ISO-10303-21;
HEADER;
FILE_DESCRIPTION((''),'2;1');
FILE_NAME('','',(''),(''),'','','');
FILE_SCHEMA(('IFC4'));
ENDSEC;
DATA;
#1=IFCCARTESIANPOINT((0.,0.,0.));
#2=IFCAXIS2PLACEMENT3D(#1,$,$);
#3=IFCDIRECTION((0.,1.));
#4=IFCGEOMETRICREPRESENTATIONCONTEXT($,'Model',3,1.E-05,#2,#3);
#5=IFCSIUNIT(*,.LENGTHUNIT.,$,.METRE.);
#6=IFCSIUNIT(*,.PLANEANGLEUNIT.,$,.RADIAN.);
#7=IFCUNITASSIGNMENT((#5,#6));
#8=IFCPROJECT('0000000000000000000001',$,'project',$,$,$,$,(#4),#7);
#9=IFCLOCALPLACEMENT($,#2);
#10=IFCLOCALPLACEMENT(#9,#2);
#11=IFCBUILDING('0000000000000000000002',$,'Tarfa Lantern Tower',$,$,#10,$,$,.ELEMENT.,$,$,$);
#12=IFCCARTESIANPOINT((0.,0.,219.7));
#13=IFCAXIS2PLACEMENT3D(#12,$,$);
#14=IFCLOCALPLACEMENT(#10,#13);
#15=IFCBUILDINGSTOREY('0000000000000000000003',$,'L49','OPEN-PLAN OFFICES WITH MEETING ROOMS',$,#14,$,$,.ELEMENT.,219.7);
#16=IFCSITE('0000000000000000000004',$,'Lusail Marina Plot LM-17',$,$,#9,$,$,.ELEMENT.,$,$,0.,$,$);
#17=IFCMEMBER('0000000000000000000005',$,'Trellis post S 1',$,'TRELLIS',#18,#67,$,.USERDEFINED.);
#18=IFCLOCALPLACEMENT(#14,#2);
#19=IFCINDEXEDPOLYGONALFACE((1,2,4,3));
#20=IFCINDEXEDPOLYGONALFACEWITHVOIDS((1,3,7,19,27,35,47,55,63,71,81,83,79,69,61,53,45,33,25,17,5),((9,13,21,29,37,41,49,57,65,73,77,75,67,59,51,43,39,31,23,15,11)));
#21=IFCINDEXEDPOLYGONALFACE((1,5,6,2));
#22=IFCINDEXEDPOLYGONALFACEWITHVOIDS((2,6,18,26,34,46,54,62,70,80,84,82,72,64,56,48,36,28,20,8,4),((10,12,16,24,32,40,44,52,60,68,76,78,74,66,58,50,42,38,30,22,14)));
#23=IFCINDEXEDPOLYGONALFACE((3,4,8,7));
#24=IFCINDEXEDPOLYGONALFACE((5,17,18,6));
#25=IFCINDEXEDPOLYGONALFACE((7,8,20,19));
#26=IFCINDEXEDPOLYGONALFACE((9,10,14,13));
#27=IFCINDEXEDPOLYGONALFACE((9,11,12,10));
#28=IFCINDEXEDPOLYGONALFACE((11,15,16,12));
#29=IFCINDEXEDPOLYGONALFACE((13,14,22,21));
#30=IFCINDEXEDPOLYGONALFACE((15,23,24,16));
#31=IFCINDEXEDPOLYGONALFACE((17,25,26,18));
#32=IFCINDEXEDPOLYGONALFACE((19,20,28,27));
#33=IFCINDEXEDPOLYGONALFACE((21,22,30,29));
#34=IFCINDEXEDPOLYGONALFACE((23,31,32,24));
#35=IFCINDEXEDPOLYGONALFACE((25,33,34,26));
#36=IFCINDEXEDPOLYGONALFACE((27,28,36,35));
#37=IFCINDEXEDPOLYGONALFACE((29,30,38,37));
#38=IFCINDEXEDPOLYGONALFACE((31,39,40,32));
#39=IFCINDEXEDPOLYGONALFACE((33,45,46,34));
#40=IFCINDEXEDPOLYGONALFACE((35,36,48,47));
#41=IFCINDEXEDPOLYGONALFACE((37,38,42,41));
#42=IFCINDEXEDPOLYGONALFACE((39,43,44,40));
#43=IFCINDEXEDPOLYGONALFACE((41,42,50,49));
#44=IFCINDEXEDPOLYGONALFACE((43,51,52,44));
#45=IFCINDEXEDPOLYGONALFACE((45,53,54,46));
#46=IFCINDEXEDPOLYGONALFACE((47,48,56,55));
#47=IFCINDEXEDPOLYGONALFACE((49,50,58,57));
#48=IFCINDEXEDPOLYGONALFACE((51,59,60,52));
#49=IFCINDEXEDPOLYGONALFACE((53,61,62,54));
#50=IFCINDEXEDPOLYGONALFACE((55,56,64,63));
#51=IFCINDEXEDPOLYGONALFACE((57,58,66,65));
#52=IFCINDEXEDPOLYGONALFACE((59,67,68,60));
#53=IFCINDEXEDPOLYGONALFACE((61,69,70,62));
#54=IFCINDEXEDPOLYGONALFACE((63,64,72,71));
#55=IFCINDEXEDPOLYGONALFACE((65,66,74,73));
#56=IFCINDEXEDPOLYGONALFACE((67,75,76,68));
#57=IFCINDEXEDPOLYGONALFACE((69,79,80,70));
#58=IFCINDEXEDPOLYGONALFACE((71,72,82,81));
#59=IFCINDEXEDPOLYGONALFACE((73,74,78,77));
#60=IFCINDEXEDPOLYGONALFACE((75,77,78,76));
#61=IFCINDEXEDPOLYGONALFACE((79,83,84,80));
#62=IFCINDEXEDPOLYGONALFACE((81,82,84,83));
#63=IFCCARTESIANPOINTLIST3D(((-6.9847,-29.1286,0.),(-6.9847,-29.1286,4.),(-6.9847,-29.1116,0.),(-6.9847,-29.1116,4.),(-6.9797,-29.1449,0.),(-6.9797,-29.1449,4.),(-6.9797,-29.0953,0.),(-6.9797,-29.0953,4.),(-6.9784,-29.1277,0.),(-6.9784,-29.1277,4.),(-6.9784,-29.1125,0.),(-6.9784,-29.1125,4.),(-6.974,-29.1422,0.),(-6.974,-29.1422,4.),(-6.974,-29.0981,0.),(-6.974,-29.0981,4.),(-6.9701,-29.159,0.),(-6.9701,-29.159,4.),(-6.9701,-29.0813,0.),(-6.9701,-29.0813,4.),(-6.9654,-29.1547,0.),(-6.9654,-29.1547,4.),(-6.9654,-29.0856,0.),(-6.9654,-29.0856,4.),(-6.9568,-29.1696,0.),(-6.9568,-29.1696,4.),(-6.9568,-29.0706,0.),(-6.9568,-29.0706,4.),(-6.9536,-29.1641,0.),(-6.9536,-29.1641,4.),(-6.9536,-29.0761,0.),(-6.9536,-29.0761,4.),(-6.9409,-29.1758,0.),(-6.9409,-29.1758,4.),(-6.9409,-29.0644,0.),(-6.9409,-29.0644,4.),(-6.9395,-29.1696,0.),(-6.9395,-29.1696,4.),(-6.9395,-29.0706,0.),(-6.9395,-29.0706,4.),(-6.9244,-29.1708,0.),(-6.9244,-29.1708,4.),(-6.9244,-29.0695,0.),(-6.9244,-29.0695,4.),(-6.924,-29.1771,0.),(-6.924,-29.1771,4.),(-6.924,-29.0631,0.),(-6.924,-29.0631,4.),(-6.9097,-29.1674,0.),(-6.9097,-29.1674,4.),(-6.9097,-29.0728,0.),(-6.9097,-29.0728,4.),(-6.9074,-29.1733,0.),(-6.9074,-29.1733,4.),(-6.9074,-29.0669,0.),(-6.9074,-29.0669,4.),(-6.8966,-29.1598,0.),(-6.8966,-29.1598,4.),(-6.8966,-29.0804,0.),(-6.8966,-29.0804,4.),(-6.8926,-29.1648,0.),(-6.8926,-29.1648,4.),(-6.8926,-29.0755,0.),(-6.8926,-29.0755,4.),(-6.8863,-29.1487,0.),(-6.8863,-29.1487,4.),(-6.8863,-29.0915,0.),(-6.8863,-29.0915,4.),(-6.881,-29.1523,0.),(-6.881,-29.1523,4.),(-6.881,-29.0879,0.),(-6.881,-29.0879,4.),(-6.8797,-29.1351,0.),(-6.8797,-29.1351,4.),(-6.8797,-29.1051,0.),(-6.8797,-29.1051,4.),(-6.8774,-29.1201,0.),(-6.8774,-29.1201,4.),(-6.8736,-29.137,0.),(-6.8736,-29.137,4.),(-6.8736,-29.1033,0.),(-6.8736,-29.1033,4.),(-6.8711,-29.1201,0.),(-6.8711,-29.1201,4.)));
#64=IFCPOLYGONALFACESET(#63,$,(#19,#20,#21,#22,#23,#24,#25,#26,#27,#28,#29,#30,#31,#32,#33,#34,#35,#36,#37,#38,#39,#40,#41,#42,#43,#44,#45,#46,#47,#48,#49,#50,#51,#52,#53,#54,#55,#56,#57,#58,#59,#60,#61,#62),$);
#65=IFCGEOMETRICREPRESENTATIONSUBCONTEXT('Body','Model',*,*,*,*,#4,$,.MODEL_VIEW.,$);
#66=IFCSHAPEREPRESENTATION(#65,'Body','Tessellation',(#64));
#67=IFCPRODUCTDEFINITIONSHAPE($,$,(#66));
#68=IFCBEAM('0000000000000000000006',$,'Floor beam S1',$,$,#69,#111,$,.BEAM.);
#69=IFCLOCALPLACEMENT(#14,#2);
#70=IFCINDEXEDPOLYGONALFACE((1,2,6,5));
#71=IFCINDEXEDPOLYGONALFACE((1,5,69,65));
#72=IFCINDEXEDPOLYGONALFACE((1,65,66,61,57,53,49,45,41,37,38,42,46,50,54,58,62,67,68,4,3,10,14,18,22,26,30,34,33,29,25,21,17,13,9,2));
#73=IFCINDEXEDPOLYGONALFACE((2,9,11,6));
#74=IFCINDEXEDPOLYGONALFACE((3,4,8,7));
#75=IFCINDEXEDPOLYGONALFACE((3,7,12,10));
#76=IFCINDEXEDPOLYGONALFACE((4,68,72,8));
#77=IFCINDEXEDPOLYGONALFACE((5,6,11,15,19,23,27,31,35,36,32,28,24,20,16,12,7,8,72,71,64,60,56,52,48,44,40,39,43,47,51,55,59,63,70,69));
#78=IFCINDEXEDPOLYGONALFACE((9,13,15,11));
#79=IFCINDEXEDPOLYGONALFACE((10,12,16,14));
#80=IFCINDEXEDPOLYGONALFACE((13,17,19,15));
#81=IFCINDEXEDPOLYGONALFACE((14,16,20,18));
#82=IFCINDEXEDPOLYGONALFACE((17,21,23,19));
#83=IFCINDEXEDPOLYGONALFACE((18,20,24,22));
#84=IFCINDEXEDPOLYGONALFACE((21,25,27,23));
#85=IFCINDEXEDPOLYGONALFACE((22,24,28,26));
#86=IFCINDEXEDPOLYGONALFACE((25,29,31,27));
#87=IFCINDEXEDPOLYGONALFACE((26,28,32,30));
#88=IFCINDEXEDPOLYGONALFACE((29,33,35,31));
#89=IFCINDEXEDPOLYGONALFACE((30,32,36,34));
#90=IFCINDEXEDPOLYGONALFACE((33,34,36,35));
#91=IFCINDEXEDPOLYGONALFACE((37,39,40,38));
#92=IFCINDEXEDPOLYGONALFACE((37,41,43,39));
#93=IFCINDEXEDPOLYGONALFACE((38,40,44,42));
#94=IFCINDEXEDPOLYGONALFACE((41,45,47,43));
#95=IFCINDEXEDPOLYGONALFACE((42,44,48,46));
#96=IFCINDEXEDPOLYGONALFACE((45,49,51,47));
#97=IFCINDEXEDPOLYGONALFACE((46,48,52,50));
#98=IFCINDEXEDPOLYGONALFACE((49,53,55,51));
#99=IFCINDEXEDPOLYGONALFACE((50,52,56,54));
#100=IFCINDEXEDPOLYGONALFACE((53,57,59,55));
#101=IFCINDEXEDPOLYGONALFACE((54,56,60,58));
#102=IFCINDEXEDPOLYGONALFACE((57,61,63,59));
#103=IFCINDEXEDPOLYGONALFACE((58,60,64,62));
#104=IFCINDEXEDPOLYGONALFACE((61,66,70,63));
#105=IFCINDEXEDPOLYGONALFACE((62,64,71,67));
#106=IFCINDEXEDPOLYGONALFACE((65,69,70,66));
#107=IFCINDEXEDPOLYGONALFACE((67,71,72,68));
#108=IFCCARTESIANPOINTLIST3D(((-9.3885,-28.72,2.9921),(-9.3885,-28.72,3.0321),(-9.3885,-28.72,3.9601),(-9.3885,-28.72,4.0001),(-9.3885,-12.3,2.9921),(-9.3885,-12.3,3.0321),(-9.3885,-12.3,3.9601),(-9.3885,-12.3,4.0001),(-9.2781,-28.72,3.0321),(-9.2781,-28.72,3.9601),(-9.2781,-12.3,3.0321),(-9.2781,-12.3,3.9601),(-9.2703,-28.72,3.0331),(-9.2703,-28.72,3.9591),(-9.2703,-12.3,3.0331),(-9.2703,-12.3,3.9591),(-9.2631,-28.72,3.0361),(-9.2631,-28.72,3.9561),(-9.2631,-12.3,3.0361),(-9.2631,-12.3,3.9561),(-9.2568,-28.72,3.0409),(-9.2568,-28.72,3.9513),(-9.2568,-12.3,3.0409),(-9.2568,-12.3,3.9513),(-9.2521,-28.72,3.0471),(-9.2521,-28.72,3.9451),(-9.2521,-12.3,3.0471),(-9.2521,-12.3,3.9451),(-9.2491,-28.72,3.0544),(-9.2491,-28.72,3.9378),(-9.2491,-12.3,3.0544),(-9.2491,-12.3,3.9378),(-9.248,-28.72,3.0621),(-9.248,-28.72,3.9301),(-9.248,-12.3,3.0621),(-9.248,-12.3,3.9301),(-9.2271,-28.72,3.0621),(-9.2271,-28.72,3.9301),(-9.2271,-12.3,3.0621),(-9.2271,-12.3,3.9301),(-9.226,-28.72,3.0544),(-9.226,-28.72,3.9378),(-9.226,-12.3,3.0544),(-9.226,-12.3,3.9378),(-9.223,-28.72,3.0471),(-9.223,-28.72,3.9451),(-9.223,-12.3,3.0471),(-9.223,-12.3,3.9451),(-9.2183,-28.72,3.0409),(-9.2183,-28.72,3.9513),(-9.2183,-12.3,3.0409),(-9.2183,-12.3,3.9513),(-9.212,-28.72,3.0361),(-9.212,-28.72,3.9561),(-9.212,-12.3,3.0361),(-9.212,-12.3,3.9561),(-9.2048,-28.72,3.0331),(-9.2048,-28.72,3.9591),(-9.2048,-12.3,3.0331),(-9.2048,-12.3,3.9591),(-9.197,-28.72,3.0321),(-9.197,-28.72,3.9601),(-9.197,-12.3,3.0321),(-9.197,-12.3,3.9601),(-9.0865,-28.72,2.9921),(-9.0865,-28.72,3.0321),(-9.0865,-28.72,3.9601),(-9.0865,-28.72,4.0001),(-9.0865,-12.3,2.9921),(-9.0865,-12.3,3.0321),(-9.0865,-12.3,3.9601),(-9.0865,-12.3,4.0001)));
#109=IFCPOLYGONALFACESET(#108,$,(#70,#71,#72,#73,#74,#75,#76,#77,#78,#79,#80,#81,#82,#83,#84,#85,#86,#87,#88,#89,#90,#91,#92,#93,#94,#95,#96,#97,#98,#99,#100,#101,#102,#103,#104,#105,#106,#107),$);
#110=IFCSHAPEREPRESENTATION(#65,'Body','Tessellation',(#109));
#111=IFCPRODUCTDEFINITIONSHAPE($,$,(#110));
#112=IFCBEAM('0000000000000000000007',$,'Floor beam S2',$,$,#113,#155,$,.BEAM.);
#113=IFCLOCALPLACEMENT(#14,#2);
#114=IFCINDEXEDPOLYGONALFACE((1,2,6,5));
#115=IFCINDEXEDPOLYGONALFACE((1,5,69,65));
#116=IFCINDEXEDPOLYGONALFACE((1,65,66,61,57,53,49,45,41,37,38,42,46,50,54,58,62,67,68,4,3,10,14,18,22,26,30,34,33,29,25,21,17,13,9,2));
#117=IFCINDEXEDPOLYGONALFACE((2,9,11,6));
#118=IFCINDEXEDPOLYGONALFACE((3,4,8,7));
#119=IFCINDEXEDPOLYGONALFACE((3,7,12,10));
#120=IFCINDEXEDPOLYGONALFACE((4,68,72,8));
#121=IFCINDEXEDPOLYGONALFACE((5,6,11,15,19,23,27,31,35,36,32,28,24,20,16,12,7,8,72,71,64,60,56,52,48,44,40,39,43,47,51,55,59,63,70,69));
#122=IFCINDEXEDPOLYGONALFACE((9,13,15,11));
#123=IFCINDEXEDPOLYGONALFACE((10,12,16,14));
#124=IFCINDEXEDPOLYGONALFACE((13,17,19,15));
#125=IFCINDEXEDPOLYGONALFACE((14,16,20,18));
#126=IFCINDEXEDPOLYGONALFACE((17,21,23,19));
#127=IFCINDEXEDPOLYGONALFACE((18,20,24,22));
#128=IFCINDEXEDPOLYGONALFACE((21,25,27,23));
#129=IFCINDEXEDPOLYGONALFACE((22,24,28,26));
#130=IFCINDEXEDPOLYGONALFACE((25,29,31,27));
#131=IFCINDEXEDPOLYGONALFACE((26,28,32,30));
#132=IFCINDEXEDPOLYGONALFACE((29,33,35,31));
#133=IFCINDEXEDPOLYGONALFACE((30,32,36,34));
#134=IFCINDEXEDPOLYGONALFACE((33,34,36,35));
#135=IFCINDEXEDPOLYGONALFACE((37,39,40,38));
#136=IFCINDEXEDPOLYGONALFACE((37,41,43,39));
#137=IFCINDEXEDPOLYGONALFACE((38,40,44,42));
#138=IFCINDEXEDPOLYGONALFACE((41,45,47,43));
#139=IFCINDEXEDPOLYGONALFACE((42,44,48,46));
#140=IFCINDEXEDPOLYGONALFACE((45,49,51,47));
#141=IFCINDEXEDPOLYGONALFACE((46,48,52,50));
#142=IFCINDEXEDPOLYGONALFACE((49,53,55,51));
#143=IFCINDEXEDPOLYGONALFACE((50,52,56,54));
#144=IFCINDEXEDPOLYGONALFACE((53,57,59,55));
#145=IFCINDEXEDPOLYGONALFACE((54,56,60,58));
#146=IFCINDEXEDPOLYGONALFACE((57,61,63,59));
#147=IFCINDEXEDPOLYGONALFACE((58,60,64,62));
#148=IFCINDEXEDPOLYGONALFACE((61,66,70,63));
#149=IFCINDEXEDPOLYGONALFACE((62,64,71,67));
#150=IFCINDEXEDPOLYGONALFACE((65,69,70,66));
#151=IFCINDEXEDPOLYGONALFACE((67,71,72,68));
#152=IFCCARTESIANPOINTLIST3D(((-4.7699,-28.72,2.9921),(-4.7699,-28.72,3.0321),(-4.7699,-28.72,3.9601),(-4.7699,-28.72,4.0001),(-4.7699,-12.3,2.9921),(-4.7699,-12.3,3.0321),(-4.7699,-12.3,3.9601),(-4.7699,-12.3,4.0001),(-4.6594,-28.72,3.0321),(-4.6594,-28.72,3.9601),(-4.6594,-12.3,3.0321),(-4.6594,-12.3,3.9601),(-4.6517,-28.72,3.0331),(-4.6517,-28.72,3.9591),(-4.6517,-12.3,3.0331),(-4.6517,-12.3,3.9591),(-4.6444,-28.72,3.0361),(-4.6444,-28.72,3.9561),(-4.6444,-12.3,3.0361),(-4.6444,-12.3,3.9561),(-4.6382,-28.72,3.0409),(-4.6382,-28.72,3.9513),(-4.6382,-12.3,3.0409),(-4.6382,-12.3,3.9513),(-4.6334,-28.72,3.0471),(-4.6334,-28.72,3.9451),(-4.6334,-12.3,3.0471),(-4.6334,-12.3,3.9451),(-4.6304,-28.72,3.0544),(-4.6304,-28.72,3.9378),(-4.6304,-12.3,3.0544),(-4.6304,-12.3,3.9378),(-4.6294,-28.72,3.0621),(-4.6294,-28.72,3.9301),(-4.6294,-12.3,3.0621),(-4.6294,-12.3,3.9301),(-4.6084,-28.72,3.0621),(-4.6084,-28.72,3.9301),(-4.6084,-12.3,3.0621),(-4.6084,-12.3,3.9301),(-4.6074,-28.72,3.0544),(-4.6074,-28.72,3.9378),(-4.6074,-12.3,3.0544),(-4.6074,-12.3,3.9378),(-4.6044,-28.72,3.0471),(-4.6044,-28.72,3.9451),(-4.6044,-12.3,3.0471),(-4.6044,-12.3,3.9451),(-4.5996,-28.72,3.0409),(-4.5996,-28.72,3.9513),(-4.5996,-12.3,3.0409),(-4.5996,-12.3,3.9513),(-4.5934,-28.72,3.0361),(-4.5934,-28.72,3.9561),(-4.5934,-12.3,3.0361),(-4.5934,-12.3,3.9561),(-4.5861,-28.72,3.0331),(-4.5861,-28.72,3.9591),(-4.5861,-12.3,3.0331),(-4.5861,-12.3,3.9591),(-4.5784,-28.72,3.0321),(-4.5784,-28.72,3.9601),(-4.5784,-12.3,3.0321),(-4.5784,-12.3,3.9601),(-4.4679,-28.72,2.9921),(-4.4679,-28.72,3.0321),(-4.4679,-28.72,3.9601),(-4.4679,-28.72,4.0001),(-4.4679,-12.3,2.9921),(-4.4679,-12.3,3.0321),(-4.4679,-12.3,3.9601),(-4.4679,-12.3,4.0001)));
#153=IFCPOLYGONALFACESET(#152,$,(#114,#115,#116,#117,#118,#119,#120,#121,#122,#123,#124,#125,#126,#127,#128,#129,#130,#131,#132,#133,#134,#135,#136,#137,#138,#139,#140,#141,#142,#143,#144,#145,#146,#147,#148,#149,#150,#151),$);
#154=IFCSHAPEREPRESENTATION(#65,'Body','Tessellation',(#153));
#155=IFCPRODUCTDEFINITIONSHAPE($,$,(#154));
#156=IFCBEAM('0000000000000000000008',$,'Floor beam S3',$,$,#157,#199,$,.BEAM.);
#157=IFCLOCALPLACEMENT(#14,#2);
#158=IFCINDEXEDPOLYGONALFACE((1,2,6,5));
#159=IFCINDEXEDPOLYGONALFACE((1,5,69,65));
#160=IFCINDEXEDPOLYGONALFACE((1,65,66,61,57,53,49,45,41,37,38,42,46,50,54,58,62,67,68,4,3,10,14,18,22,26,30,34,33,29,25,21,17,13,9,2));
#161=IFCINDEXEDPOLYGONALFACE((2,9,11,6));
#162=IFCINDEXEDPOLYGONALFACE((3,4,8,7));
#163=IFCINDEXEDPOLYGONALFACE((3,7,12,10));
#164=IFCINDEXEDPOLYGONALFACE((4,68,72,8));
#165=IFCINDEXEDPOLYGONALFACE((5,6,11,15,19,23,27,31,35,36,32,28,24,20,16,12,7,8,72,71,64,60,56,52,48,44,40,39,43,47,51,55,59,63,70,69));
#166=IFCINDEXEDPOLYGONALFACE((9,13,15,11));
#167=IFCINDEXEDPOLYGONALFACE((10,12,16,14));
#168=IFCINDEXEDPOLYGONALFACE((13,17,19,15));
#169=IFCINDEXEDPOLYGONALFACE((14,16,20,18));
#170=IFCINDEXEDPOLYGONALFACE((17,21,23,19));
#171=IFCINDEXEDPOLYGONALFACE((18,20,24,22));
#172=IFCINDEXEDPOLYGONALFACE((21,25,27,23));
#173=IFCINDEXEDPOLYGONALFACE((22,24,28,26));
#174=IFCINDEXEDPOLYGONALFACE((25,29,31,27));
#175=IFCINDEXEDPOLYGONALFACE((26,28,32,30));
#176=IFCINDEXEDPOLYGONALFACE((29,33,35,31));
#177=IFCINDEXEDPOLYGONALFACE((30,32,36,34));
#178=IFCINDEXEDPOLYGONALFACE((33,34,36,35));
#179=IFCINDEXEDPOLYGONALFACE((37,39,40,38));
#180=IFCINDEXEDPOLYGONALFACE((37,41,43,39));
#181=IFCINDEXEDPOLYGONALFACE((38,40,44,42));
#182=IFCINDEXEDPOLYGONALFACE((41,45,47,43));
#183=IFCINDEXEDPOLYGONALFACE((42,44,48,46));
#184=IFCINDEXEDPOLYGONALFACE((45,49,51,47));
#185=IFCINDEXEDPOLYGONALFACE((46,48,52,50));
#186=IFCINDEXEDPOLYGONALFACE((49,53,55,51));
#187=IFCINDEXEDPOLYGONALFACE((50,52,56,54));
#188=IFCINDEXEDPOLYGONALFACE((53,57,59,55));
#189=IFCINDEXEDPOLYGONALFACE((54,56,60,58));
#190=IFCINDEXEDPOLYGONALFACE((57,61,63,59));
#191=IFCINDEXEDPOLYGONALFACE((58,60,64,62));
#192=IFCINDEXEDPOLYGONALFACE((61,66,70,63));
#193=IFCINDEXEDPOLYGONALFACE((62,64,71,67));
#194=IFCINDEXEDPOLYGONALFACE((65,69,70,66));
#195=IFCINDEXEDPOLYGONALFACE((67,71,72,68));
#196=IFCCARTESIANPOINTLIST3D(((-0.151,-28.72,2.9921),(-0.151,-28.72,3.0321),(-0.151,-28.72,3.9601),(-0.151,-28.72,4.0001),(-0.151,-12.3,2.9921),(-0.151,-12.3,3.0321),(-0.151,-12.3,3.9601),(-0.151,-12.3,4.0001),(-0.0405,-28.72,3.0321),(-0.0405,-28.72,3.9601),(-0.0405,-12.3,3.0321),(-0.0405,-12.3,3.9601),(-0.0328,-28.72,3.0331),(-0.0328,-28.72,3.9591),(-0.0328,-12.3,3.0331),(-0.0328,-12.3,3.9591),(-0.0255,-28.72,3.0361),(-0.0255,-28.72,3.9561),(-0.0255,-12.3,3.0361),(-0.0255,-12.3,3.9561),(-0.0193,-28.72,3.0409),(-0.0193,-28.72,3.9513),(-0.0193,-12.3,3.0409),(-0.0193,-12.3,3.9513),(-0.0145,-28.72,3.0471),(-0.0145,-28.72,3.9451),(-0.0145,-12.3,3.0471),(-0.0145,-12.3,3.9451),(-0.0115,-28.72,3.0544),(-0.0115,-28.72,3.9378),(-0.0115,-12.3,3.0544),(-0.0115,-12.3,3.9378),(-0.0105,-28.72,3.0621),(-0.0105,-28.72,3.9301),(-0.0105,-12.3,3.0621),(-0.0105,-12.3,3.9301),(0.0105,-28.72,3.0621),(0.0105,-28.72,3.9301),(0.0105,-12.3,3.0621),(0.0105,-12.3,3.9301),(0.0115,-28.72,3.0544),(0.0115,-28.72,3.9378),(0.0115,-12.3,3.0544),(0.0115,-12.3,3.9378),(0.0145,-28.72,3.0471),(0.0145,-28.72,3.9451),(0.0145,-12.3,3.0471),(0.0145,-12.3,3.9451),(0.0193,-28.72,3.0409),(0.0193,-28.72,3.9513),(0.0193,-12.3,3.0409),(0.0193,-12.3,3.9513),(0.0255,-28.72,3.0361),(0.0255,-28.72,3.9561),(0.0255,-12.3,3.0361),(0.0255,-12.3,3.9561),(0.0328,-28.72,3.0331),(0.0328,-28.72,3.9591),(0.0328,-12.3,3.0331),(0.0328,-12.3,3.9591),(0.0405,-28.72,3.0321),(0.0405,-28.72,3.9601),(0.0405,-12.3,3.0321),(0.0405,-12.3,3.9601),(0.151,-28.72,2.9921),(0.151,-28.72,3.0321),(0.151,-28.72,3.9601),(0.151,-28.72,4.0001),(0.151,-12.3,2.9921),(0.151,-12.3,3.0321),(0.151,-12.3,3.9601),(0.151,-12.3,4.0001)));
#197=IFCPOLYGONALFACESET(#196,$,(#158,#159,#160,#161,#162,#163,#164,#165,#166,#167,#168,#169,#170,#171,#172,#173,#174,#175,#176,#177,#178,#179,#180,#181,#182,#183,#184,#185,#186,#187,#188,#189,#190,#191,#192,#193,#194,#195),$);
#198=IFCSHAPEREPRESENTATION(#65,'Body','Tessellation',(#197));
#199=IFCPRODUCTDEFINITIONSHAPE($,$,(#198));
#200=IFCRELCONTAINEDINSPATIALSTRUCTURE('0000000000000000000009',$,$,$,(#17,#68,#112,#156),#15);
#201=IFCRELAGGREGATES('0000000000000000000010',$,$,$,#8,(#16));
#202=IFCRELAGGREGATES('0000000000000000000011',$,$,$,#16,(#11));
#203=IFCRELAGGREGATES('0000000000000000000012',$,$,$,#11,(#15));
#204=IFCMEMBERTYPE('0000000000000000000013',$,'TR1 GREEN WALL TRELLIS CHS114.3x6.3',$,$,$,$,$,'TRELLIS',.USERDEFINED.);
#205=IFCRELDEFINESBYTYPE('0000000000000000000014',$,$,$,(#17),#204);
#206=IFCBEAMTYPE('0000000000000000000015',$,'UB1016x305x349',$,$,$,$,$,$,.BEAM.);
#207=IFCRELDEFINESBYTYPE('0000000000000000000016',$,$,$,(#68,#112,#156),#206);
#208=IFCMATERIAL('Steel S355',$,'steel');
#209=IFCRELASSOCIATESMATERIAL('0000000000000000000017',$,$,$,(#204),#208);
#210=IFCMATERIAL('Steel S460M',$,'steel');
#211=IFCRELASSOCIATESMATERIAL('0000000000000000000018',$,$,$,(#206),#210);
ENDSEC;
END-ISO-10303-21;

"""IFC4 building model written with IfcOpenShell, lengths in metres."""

from ifc_helpers import new_model, si_unit, direction, frame, origin, origin_2d, place, context, subcontext, project, spatial, hollow_circle, i_section, extrude, material, material_profile, profile_set, type_object, element, save


model = new_model("IFC4")

# Units and contexts
model_context = context("Model", 3, precision=1e-05, world=origin(), true_north=direction((0.0, 1.0)))
body_context = subcontext(model_context, "Body", "Model", "MODEL_VIEW")
ifc_project = project(units=[si_unit("LENGTHUNIT", "METRE"), si_unit("PLANEANGLEUNIT", "RADIAN")], contexts=[model_context])

# Site, building, storey
site_placement = place(None, origin())
site = spatial("IfcSite", under=ifc_project, at=site_placement, Name="Lusail Marina Plot LM-17", CompositionType="ELEMENT", RefElevation=0.0)
building_placement = place(site_placement, origin())
building = spatial("IfcBuilding", under=site, at=building_placement, Name="Tarfa Lantern Tower", CompositionType="ELEMENT")
storey_placement = place(building_placement, frame((0.0, 0.0, 219.7)))
storey = spatial("IfcBuildingStorey", under=building, at=storey_placement, Name="L49", Description="OPEN-PLAN OFFICES WITH MEETING ROOMS", CompositionType="ELEMENT", Elevation=219.7)

# Member
ifc_material_1 = material(Name="Steel S355", Category="steel")
ifc_material_profile_1 = material_profile(ifc_material_1, hollow_circle(Radius=0.0571, WallThickness=0.0063, at=origin_2d()), Name="CHS114.3x6.3")
ifc_profile_set_1 = profile_set([ifc_material_profile_1], Name="Steel S355")
member_type_1 = type_object("IfcMemberType", Name="TR1 GREEN WALL TRELLIS CHS114.3x6.3", ElementType="TRELLIS", PredefinedType="USERDEFINED", material=ifc_profile_set_1)
member_1_placement = place(storey_placement, frame((-6.9282, -29.1201, 0.0), z_axis=(0.0, 0.0, 1.0), x_axis=(1.0, 0.0, 0.0)))
element("IfcMember", 1, at=member_1_placement, inside=storey, type_object=member_type_1, Name="Trellis post S 1", ObjectType="TRELLIS", PredefinedType="USERDEFINED", context=body_context, shape_type="SweptSolid", body=[
    extrude(hollow_circle(Radius=0.0571, WallThickness=0.0063, at=origin_2d()), origin(), (0.0, 0.0, 1.0), 4.0),
])

# Beams
ifc_material_2 = material(Name="Steel S460M", Category="steel")
ifc_material_profile_2 = material_profile(ifc_material_2, i_section(OverallWidth=0.302, OverallDepth=1.0081, WebThickness=0.021, FlangeThickness=0.04, FilletRadius=0.03, at=origin_2d()), Name="UB1016x305x349")
ifc_profile_set_2 = profile_set([ifc_material_profile_2], Name="Steel S460M")
beam_type_1 = type_object("IfcBeamType", Name="UB1016x305x349", PredefinedType="BEAM", material=ifc_profile_set_2)
for number, where, z_axis, x_axis, name in (
    (2, (-9.2375, -28.72, 3.4961), (0.0, 1.0, 0.0), (-1.0, 0.0, 0.0), "Floor beam S1"),
    (3, (-4.6189, -28.72, 3.4961), (0.0, 1.0, 0.0), (-1.0, 0.0, 0.0), "Floor beam S2"),
    (4, (0.0, -28.72, 3.4961), (0.0, 1.0, 0.0), (-1.0, 0.0, 0.0), "Floor beam S3"),
):
    element("IfcBeam", number, at=place(storey_placement, frame(where, z_axis=z_axis, x_axis=x_axis)), inside=storey, type_object=beam_type_1, Name=name, PredefinedType="BEAM", context=body_context, shape_type="SweptSolid", body=[
        extrude(i_section(OverallWidth=0.302, OverallDepth=1.0081, WebThickness=0.021, FlangeThickness=0.04, FilletRadius=0.03, at=origin_2d()), origin(), (0.0, 0.0, 1.0), 16.4199),
    ])

save(model, "model.ifc")
